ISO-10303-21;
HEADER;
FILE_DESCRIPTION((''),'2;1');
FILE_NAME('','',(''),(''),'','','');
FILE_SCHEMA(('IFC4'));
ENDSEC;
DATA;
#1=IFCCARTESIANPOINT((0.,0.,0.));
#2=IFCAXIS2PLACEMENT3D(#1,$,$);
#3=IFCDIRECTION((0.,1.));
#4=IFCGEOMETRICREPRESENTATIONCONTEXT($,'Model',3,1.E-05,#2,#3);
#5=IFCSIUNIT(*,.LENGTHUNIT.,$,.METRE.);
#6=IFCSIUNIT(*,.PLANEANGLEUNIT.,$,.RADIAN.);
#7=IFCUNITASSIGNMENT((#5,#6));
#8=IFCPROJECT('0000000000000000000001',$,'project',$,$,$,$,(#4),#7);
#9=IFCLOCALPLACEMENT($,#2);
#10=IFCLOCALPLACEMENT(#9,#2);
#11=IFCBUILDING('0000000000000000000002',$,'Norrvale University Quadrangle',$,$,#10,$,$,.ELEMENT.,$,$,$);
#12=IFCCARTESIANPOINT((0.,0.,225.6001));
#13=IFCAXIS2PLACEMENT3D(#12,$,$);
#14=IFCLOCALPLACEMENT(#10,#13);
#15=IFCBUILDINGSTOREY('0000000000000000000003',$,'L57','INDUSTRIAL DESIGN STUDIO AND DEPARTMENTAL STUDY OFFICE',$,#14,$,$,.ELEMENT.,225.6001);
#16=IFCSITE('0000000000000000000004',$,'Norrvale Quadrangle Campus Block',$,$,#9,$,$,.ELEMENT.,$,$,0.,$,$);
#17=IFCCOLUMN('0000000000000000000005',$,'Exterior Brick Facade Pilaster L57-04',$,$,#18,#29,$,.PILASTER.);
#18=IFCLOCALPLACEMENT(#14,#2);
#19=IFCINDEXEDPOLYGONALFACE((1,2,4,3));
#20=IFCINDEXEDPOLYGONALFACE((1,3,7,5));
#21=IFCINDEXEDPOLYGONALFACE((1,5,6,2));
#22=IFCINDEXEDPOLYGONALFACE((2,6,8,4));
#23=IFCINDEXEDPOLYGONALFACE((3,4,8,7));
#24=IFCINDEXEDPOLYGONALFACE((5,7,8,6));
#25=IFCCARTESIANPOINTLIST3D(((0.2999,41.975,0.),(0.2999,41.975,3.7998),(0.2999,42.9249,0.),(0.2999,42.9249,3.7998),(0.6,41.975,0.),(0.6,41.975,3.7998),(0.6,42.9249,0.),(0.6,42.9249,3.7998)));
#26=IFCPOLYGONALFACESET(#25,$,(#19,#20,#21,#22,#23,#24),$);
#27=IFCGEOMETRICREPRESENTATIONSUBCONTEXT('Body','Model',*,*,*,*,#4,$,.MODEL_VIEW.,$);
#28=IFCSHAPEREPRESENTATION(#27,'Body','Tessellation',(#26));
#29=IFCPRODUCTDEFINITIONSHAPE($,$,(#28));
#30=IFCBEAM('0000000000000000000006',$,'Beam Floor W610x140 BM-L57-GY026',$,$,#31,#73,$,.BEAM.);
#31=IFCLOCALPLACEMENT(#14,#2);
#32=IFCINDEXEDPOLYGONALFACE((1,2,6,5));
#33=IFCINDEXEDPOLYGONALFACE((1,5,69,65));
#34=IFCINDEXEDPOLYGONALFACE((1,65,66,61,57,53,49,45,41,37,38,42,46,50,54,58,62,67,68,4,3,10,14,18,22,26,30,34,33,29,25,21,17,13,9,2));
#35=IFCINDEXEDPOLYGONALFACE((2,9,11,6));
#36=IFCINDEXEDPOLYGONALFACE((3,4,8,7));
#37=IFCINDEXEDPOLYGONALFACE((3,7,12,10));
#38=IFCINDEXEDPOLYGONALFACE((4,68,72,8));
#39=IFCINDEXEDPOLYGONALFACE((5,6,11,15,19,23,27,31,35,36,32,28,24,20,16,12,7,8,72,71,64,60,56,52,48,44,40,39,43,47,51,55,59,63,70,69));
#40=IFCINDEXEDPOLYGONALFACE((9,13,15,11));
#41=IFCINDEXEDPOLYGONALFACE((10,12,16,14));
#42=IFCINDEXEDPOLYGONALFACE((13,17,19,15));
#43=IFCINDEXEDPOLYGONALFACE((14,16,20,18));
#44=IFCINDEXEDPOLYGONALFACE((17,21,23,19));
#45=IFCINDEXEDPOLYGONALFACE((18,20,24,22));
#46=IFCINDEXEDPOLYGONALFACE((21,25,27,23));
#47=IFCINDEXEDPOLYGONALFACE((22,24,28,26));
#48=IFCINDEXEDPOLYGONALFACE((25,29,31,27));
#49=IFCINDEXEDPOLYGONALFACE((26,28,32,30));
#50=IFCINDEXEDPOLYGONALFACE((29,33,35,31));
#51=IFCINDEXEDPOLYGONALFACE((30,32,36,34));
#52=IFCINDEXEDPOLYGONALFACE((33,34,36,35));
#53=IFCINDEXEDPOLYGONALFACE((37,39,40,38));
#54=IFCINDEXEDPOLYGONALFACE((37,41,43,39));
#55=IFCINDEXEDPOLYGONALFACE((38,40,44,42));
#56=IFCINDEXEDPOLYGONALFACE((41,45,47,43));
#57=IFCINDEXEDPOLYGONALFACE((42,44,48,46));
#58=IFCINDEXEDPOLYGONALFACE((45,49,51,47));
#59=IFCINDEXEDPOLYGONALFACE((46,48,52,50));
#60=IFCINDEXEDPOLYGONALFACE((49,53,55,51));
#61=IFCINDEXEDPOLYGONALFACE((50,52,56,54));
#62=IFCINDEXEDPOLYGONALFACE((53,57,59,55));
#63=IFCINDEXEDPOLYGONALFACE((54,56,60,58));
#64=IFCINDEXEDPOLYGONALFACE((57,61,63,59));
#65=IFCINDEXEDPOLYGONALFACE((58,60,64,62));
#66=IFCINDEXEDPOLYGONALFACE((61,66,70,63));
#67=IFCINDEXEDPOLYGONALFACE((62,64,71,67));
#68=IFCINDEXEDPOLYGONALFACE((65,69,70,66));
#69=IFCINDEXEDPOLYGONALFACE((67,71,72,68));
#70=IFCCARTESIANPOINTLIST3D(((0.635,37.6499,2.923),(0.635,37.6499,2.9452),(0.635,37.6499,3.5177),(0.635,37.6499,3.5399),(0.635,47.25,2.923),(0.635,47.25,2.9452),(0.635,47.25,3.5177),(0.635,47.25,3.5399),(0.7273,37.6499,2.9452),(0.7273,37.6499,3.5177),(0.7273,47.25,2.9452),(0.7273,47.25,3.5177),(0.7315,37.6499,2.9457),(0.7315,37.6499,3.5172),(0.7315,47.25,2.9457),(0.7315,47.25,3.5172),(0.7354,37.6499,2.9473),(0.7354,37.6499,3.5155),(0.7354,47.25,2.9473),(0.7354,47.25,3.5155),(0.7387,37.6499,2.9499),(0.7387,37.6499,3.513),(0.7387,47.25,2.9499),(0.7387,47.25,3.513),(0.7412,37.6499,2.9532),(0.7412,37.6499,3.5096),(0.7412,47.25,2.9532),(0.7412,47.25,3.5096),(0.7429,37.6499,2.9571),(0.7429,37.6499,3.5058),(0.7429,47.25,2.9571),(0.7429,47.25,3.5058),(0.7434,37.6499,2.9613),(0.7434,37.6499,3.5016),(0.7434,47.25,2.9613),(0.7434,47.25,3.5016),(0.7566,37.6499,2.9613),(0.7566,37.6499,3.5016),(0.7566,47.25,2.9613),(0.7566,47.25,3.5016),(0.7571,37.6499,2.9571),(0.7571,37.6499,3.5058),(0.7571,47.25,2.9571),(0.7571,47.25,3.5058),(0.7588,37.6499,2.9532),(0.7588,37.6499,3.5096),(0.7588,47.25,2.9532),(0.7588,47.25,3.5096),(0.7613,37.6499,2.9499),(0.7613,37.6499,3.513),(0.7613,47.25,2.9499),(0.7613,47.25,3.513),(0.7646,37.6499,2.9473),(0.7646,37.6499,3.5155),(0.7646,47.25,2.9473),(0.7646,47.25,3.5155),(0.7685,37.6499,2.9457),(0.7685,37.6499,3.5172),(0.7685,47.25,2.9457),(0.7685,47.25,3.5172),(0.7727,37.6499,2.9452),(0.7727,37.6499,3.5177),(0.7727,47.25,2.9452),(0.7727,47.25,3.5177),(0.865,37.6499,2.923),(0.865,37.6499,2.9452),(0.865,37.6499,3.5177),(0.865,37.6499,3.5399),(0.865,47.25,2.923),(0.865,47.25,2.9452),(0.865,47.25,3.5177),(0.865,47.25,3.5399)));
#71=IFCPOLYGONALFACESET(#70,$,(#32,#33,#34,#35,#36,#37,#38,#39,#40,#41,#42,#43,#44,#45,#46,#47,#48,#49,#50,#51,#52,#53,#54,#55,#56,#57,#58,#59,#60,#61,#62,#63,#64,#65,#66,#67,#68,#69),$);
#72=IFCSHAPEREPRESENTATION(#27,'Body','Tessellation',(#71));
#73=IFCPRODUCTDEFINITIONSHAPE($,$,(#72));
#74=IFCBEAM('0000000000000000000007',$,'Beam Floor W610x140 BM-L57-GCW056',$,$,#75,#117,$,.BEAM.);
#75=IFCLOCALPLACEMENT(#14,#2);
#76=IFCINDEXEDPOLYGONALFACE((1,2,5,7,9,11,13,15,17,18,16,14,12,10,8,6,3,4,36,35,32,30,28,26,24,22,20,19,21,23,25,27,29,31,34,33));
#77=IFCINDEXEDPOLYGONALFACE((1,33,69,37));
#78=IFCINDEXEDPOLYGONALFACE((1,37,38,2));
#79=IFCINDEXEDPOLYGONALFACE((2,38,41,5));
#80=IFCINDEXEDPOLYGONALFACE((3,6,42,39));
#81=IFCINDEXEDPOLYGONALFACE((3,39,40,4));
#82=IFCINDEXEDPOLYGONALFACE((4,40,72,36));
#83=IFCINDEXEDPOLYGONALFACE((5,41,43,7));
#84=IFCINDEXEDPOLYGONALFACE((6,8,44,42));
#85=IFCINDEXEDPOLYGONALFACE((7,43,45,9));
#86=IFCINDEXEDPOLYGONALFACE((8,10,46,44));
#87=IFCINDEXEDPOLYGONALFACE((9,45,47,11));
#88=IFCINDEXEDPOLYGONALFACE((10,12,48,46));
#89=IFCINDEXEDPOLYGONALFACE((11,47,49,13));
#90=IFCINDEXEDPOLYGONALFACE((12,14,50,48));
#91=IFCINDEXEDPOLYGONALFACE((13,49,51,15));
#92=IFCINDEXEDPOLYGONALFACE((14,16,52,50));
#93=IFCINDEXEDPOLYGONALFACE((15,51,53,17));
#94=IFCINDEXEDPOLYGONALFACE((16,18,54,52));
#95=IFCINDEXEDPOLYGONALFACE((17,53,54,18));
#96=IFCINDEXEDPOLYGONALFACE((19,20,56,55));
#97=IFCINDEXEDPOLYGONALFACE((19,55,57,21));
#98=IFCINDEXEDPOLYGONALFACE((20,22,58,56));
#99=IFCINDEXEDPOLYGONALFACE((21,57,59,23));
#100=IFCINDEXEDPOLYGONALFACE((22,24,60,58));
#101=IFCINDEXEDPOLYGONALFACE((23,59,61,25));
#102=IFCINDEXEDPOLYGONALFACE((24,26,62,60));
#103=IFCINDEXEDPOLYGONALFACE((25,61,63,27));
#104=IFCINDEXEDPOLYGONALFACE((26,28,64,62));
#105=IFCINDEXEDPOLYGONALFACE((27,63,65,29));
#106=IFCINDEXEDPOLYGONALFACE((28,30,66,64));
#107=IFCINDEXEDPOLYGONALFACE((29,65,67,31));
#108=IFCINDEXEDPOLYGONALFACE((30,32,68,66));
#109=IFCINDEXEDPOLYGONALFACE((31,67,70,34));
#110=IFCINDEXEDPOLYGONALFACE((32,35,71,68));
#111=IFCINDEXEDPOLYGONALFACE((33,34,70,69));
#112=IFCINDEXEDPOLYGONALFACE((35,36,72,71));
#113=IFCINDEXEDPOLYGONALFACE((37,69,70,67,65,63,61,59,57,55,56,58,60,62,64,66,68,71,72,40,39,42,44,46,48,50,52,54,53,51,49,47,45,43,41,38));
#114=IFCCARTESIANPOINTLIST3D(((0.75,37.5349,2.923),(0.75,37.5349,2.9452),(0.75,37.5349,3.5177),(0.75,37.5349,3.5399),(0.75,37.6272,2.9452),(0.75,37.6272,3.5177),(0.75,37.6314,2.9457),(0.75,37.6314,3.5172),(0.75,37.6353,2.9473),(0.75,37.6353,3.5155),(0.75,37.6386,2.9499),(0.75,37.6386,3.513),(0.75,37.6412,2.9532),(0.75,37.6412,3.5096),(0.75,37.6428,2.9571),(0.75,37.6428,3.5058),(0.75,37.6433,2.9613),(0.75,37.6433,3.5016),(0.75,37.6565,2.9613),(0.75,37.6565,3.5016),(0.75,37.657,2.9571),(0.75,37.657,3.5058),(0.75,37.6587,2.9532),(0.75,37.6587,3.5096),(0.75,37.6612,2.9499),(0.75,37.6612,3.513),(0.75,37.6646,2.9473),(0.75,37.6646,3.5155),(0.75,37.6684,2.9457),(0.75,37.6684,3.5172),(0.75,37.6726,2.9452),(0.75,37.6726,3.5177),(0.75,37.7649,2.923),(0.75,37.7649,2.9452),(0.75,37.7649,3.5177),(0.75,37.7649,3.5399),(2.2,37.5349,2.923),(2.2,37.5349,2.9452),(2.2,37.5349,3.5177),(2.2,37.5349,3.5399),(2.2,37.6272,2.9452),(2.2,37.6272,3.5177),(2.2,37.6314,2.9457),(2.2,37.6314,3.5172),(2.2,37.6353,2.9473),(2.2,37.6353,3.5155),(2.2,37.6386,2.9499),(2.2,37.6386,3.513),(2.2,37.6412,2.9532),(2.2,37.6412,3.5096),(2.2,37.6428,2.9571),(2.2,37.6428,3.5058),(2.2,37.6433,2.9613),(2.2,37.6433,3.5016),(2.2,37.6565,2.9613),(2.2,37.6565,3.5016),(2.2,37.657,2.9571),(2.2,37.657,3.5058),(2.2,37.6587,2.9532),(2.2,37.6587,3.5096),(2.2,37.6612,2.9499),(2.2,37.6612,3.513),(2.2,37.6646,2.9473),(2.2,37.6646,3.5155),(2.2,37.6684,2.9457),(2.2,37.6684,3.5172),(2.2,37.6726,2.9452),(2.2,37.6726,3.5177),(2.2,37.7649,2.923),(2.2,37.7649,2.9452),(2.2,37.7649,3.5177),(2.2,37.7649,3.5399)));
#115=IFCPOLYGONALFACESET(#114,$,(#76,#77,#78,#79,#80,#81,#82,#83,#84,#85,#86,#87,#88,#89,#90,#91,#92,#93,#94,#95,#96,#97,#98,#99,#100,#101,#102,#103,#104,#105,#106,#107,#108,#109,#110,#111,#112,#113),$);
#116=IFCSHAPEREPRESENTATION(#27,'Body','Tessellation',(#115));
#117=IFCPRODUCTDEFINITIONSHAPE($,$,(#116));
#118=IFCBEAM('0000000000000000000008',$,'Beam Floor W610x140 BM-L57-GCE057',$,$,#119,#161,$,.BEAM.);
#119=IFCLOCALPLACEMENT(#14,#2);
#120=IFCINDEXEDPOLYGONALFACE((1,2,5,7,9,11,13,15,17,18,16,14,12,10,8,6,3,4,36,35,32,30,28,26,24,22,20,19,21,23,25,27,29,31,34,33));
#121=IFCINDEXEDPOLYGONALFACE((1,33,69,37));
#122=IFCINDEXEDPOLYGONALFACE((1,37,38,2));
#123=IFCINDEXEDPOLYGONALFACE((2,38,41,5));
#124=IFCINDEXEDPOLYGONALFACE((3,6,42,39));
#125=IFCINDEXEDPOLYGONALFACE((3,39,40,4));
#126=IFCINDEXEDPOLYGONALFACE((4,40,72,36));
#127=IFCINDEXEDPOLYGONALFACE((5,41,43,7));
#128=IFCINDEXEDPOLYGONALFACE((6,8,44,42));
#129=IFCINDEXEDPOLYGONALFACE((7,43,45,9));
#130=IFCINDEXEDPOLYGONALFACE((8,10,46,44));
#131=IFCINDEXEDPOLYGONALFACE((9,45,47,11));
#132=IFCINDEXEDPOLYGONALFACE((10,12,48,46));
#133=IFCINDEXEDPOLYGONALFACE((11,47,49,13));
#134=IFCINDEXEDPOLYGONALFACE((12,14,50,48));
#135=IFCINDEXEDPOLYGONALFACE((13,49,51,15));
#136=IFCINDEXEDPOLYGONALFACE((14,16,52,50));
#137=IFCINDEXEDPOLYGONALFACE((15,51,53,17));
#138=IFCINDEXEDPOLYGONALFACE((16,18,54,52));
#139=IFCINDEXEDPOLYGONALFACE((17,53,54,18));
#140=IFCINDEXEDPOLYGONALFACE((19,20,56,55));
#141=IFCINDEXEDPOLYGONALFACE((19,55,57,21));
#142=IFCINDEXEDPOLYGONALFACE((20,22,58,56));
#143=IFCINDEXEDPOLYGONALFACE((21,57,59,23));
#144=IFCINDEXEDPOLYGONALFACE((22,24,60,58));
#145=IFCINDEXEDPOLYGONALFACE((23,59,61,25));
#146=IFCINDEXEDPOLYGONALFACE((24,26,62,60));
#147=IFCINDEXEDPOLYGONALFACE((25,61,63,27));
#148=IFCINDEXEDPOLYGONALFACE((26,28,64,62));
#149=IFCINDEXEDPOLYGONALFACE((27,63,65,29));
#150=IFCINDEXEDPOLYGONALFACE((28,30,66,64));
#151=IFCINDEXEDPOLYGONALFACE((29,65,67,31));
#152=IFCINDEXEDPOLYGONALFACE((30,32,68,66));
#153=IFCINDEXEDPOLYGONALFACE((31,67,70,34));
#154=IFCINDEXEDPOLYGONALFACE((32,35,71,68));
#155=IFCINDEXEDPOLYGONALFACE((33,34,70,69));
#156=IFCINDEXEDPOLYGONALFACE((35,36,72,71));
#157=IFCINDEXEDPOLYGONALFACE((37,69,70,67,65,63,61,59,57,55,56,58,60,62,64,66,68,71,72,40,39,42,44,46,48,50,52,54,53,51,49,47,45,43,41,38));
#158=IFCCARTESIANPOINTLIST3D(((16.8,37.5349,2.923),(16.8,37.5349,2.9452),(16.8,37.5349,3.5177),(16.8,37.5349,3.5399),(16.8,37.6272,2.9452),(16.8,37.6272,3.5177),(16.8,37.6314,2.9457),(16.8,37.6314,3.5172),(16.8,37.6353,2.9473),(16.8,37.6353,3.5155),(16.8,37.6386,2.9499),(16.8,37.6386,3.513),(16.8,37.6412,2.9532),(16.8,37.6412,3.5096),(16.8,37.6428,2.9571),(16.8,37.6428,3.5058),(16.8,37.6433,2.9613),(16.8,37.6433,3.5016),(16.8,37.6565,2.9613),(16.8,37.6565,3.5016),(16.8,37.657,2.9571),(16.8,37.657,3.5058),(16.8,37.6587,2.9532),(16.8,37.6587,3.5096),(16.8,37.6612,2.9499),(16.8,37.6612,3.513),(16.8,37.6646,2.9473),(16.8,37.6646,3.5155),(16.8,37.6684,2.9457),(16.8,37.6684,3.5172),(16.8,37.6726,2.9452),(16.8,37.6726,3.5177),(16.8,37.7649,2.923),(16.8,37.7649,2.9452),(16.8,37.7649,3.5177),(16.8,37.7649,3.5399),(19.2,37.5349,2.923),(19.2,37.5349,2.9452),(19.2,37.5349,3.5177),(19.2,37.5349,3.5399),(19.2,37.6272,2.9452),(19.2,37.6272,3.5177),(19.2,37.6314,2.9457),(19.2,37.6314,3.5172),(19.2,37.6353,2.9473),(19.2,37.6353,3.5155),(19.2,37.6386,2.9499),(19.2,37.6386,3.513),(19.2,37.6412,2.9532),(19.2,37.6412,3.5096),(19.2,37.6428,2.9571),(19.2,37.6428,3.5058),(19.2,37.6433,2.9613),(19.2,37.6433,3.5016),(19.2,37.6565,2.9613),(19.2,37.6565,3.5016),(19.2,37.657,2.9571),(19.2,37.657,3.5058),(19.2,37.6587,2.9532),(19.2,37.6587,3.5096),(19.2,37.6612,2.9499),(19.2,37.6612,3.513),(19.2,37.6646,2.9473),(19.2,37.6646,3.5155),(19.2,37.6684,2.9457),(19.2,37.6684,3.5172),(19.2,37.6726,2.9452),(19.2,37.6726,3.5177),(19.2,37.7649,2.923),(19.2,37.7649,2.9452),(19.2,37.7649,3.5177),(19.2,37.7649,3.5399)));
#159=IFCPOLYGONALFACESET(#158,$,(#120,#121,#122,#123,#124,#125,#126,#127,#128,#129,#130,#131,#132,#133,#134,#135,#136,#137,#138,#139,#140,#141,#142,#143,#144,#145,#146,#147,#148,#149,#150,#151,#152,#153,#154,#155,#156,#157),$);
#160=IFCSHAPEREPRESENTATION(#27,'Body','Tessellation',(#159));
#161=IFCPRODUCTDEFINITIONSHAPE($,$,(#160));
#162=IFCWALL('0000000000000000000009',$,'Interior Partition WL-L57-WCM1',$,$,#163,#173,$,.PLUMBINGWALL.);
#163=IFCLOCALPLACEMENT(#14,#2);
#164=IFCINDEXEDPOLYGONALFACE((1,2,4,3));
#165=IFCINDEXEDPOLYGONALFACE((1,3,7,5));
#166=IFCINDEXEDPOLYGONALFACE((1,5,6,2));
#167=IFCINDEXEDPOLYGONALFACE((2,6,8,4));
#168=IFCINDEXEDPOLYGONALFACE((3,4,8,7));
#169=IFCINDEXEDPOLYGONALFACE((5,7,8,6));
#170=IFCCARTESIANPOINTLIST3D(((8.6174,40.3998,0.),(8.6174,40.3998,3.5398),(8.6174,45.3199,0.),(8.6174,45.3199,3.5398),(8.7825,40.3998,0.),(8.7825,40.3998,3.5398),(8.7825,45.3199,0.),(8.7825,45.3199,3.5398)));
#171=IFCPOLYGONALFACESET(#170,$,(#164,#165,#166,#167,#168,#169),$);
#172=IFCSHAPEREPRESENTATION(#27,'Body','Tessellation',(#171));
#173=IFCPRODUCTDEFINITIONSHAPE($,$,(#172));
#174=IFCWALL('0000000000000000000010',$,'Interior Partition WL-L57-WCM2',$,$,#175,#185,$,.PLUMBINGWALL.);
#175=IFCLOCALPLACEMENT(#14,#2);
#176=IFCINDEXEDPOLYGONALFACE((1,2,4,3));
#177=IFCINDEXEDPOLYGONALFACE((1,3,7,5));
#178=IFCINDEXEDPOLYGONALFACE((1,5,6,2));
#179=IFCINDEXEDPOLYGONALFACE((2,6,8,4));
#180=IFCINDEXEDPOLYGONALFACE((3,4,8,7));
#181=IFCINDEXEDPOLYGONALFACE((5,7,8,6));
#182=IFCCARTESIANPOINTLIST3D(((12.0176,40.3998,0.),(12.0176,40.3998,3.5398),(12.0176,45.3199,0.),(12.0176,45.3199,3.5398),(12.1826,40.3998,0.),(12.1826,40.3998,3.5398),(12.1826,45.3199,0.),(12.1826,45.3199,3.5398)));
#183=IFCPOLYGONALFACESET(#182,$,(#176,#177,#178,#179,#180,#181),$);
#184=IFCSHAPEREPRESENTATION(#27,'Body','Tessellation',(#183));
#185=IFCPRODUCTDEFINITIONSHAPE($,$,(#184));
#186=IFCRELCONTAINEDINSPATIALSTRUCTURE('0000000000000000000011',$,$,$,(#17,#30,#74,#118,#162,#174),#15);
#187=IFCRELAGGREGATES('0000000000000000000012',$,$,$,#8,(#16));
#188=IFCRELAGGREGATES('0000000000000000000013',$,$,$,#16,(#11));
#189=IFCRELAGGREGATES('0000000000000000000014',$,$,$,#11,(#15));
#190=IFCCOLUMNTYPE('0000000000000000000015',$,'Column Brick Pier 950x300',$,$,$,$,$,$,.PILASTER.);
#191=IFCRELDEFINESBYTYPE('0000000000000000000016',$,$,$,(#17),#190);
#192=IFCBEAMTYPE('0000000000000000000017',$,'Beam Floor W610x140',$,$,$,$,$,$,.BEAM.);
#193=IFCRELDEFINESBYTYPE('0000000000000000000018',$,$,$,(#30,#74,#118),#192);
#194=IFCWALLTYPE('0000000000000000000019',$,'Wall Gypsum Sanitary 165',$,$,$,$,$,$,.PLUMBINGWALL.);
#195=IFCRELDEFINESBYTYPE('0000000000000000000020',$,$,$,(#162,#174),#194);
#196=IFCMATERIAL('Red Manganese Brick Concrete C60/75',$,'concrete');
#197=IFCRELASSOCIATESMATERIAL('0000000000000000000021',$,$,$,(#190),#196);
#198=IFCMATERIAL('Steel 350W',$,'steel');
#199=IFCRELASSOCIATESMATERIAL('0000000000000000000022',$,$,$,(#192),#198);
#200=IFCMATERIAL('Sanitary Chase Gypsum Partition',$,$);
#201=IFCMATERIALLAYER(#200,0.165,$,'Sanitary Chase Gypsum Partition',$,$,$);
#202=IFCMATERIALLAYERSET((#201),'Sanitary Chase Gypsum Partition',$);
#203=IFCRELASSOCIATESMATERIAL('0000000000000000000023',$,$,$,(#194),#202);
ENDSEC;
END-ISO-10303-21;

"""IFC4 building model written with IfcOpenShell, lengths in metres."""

from ifc_helpers import new_model, si_unit, direction, frame, frame_2d, origin, origin_2d, place, context, subcontext, project, spatial, rectangle, i_section, extrude, material, layer, layer_set, material_profile, profile_set, type_object, element, save


model = new_model("IFC4")

# Units and contexts
model_context = context("Model", 3, precision=1e-05, world=origin(), true_north=direction((0.0, 1.0)))
body_context = subcontext(model_context, "Body", "Model", "MODEL_VIEW")
ifc_project = project(units=[si_unit("LENGTHUNIT", "METRE"), si_unit("PLANEANGLEUNIT", "RADIAN")], contexts=[model_context])

# Site, building, storey
site_placement = place(None, origin())
site = spatial("IfcSite", under=ifc_project, at=site_placement, Name="Norrvale Quadrangle Campus Block", CompositionType="ELEMENT", RefElevation=0.0)
building_placement = place(site_placement, origin())
building = spatial("IfcBuilding", under=site, at=building_placement, Name="Norrvale University Quadrangle", CompositionType="ELEMENT")
storey_placement = place(building_placement, frame((0.0, 0.0, 225.6001)))
storey = spatial("IfcBuildingStorey", under=building, at=storey_placement, Name="L57", Description="INDUSTRIAL DESIGN STUDIO AND DEPARTMENTAL STUDY OFFICE", CompositionType="ELEMENT", Elevation=225.6001)

# Column
ifc_material_1 = material(Name="Red Manganese Brick Concrete C60/75", Category="concrete")
ifc_material_profile_1 = material_profile(ifc_material_1, rectangle(XDim=0.95, YDim=0.3, at=origin_2d()), Name="Red Manganese Brick Concrete C60/75")
ifc_profile_set_1 = profile_set([ifc_material_profile_1], Name="Red Manganese Brick Concrete C60/75")
column_type = type_object("IfcColumnType", Name="Column Brick Pier 950x300", PredefinedType="PILASTER", material=ifc_profile_set_1)
column_placement = place(storey_placement, frame((0.45, 42.45, 0.0), z_axis=(0.0, 0.0, 1.0), x_axis=(0.0, 1.0, 0.0)))
element("IfcColumn", 1, at=column_placement, inside=storey, type_object=column_type, Name="Exterior Brick Facade Pilaster L57-04", PredefinedType="PILASTER", context=body_context, shape_type="SweptSolid", body=[
    extrude(rectangle(XDim=0.95, YDim=0.3, at=origin_2d()), origin(), (0.0, 0.0, 1.0), 3.7998),
])

# Beams
ifc_material_2 = material(Name="Steel 350W", Category="steel")
ifc_material_profile_2 = material_profile(ifc_material_2, i_section(OverallWidth=0.23, OverallDepth=0.6169, WebThickness=0.0132, FlangeThickness=0.0222, FilletRadius=0.0161, at=origin_2d()), Name="Steel 350W")
ifc_profile_set_2 = profile_set([ifc_material_profile_2], Name="Steel 350W")
beam_type = type_object("IfcBeamType", Name="Beam Floor W610x140", PredefinedType="BEAM", material=ifc_profile_set_2)
beam_1_placement = place(storey_placement, frame((0.75, 37.6499, 3.2314), z_axis=(0.0, 1.0, 0.0), x_axis=(-1.0, 0.0, 0.0)))
element("IfcBeam", 2, at=beam_1_placement, inside=storey, type_object=beam_type, Name="Beam Floor W610x140 BM-L57-GY026", PredefinedType="BEAM", context=body_context, shape_type="SweptSolid", body=[
    extrude(i_section(OverallWidth=0.23, OverallDepth=0.6169, WebThickness=0.0132, FlangeThickness=0.0222, FilletRadius=0.0161, at=origin_2d()), origin(), (0.0, 0.0, 1.0), 9.6001),
])
beam_2_placement = place(storey_placement, frame((0.75, 37.6499, 3.2314), z_axis=(1.0, 0.0, 0.0), x_axis=(0.0, 1.0, 0.0)))
element("IfcBeam", 3, at=beam_2_placement, inside=storey, type_object=beam_type, Name="Beam Floor W610x140 BM-L57-GCW056", PredefinedType="BEAM", context=body_context, shape_type="SweptSolid", body=[
    extrude(i_section(OverallWidth=0.23, OverallDepth=0.6169, WebThickness=0.0132, FlangeThickness=0.0222, FilletRadius=0.0161, at=origin_2d()), origin(), (0.0, 0.0, 1.0), 1.45),
])
beam_3_placement = place(storey_placement, frame((16.8, 37.6499, 3.2314), z_axis=(1.0, 0.0, 0.0), x_axis=(0.0, 1.0, 0.0)))
element("IfcBeam", 4, at=beam_3_placement, inside=storey, type_object=beam_type, Name="Beam Floor W610x140 BM-L57-GCE057", PredefinedType="BEAM", context=body_context, shape_type="SweptSolid", body=[
    extrude(i_section(OverallWidth=0.23, OverallDepth=0.6169, WebThickness=0.0132, FlangeThickness=0.0222, FilletRadius=0.0161, at=origin_2d()), origin(), (0.0, 0.0, 1.0), 2.3999),
])

# Walls
ifc_material_3 = material(Name="Sanitary Chase Gypsum Partition")
ifc_layer_1 = layer(ifc_material_3, 0.165, Name="Sanitary Chase Gypsum Partition")
ifc_layer_set_1 = layer_set([ifc_layer_1], Name="Sanitary Chase Gypsum Partition")
wall_type_1 = type_object("IfcWallType", Name="Wall Gypsum Sanitary 165", PredefinedType="PLUMBINGWALL", material=ifc_layer_set_1)
for number, where, z_axis, x_axis, name in (
    (5, (8.7, 40.3999, 0.0), (0.0, 0.0, 1.0), (0.0, 1.0, 0.0), "Interior Partition WL-L57-WCM1"),
    (6, (12.1001, 40.3999, 0.0), (0.0, 0.0, 1.0), (0.0, 1.0, 0.0), "Interior Partition WL-L57-WCM2"),
):
    element("IfcWall", number, at=place(storey_placement, frame(where, z_axis=z_axis, x_axis=x_axis)), inside=storey, type_object=wall_type_1, Name=name, PredefinedType="PLUMBINGWALL", context=body_context, shape_type="SweptSolid", body=[
        extrude(rectangle(XDim=4.9202, YDim=0.165, at=frame_2d((2.46, 0.0))), origin(), (0.0, 0.0, 1.0), 3.5398),
    ])

save(model, "model.ifc")
